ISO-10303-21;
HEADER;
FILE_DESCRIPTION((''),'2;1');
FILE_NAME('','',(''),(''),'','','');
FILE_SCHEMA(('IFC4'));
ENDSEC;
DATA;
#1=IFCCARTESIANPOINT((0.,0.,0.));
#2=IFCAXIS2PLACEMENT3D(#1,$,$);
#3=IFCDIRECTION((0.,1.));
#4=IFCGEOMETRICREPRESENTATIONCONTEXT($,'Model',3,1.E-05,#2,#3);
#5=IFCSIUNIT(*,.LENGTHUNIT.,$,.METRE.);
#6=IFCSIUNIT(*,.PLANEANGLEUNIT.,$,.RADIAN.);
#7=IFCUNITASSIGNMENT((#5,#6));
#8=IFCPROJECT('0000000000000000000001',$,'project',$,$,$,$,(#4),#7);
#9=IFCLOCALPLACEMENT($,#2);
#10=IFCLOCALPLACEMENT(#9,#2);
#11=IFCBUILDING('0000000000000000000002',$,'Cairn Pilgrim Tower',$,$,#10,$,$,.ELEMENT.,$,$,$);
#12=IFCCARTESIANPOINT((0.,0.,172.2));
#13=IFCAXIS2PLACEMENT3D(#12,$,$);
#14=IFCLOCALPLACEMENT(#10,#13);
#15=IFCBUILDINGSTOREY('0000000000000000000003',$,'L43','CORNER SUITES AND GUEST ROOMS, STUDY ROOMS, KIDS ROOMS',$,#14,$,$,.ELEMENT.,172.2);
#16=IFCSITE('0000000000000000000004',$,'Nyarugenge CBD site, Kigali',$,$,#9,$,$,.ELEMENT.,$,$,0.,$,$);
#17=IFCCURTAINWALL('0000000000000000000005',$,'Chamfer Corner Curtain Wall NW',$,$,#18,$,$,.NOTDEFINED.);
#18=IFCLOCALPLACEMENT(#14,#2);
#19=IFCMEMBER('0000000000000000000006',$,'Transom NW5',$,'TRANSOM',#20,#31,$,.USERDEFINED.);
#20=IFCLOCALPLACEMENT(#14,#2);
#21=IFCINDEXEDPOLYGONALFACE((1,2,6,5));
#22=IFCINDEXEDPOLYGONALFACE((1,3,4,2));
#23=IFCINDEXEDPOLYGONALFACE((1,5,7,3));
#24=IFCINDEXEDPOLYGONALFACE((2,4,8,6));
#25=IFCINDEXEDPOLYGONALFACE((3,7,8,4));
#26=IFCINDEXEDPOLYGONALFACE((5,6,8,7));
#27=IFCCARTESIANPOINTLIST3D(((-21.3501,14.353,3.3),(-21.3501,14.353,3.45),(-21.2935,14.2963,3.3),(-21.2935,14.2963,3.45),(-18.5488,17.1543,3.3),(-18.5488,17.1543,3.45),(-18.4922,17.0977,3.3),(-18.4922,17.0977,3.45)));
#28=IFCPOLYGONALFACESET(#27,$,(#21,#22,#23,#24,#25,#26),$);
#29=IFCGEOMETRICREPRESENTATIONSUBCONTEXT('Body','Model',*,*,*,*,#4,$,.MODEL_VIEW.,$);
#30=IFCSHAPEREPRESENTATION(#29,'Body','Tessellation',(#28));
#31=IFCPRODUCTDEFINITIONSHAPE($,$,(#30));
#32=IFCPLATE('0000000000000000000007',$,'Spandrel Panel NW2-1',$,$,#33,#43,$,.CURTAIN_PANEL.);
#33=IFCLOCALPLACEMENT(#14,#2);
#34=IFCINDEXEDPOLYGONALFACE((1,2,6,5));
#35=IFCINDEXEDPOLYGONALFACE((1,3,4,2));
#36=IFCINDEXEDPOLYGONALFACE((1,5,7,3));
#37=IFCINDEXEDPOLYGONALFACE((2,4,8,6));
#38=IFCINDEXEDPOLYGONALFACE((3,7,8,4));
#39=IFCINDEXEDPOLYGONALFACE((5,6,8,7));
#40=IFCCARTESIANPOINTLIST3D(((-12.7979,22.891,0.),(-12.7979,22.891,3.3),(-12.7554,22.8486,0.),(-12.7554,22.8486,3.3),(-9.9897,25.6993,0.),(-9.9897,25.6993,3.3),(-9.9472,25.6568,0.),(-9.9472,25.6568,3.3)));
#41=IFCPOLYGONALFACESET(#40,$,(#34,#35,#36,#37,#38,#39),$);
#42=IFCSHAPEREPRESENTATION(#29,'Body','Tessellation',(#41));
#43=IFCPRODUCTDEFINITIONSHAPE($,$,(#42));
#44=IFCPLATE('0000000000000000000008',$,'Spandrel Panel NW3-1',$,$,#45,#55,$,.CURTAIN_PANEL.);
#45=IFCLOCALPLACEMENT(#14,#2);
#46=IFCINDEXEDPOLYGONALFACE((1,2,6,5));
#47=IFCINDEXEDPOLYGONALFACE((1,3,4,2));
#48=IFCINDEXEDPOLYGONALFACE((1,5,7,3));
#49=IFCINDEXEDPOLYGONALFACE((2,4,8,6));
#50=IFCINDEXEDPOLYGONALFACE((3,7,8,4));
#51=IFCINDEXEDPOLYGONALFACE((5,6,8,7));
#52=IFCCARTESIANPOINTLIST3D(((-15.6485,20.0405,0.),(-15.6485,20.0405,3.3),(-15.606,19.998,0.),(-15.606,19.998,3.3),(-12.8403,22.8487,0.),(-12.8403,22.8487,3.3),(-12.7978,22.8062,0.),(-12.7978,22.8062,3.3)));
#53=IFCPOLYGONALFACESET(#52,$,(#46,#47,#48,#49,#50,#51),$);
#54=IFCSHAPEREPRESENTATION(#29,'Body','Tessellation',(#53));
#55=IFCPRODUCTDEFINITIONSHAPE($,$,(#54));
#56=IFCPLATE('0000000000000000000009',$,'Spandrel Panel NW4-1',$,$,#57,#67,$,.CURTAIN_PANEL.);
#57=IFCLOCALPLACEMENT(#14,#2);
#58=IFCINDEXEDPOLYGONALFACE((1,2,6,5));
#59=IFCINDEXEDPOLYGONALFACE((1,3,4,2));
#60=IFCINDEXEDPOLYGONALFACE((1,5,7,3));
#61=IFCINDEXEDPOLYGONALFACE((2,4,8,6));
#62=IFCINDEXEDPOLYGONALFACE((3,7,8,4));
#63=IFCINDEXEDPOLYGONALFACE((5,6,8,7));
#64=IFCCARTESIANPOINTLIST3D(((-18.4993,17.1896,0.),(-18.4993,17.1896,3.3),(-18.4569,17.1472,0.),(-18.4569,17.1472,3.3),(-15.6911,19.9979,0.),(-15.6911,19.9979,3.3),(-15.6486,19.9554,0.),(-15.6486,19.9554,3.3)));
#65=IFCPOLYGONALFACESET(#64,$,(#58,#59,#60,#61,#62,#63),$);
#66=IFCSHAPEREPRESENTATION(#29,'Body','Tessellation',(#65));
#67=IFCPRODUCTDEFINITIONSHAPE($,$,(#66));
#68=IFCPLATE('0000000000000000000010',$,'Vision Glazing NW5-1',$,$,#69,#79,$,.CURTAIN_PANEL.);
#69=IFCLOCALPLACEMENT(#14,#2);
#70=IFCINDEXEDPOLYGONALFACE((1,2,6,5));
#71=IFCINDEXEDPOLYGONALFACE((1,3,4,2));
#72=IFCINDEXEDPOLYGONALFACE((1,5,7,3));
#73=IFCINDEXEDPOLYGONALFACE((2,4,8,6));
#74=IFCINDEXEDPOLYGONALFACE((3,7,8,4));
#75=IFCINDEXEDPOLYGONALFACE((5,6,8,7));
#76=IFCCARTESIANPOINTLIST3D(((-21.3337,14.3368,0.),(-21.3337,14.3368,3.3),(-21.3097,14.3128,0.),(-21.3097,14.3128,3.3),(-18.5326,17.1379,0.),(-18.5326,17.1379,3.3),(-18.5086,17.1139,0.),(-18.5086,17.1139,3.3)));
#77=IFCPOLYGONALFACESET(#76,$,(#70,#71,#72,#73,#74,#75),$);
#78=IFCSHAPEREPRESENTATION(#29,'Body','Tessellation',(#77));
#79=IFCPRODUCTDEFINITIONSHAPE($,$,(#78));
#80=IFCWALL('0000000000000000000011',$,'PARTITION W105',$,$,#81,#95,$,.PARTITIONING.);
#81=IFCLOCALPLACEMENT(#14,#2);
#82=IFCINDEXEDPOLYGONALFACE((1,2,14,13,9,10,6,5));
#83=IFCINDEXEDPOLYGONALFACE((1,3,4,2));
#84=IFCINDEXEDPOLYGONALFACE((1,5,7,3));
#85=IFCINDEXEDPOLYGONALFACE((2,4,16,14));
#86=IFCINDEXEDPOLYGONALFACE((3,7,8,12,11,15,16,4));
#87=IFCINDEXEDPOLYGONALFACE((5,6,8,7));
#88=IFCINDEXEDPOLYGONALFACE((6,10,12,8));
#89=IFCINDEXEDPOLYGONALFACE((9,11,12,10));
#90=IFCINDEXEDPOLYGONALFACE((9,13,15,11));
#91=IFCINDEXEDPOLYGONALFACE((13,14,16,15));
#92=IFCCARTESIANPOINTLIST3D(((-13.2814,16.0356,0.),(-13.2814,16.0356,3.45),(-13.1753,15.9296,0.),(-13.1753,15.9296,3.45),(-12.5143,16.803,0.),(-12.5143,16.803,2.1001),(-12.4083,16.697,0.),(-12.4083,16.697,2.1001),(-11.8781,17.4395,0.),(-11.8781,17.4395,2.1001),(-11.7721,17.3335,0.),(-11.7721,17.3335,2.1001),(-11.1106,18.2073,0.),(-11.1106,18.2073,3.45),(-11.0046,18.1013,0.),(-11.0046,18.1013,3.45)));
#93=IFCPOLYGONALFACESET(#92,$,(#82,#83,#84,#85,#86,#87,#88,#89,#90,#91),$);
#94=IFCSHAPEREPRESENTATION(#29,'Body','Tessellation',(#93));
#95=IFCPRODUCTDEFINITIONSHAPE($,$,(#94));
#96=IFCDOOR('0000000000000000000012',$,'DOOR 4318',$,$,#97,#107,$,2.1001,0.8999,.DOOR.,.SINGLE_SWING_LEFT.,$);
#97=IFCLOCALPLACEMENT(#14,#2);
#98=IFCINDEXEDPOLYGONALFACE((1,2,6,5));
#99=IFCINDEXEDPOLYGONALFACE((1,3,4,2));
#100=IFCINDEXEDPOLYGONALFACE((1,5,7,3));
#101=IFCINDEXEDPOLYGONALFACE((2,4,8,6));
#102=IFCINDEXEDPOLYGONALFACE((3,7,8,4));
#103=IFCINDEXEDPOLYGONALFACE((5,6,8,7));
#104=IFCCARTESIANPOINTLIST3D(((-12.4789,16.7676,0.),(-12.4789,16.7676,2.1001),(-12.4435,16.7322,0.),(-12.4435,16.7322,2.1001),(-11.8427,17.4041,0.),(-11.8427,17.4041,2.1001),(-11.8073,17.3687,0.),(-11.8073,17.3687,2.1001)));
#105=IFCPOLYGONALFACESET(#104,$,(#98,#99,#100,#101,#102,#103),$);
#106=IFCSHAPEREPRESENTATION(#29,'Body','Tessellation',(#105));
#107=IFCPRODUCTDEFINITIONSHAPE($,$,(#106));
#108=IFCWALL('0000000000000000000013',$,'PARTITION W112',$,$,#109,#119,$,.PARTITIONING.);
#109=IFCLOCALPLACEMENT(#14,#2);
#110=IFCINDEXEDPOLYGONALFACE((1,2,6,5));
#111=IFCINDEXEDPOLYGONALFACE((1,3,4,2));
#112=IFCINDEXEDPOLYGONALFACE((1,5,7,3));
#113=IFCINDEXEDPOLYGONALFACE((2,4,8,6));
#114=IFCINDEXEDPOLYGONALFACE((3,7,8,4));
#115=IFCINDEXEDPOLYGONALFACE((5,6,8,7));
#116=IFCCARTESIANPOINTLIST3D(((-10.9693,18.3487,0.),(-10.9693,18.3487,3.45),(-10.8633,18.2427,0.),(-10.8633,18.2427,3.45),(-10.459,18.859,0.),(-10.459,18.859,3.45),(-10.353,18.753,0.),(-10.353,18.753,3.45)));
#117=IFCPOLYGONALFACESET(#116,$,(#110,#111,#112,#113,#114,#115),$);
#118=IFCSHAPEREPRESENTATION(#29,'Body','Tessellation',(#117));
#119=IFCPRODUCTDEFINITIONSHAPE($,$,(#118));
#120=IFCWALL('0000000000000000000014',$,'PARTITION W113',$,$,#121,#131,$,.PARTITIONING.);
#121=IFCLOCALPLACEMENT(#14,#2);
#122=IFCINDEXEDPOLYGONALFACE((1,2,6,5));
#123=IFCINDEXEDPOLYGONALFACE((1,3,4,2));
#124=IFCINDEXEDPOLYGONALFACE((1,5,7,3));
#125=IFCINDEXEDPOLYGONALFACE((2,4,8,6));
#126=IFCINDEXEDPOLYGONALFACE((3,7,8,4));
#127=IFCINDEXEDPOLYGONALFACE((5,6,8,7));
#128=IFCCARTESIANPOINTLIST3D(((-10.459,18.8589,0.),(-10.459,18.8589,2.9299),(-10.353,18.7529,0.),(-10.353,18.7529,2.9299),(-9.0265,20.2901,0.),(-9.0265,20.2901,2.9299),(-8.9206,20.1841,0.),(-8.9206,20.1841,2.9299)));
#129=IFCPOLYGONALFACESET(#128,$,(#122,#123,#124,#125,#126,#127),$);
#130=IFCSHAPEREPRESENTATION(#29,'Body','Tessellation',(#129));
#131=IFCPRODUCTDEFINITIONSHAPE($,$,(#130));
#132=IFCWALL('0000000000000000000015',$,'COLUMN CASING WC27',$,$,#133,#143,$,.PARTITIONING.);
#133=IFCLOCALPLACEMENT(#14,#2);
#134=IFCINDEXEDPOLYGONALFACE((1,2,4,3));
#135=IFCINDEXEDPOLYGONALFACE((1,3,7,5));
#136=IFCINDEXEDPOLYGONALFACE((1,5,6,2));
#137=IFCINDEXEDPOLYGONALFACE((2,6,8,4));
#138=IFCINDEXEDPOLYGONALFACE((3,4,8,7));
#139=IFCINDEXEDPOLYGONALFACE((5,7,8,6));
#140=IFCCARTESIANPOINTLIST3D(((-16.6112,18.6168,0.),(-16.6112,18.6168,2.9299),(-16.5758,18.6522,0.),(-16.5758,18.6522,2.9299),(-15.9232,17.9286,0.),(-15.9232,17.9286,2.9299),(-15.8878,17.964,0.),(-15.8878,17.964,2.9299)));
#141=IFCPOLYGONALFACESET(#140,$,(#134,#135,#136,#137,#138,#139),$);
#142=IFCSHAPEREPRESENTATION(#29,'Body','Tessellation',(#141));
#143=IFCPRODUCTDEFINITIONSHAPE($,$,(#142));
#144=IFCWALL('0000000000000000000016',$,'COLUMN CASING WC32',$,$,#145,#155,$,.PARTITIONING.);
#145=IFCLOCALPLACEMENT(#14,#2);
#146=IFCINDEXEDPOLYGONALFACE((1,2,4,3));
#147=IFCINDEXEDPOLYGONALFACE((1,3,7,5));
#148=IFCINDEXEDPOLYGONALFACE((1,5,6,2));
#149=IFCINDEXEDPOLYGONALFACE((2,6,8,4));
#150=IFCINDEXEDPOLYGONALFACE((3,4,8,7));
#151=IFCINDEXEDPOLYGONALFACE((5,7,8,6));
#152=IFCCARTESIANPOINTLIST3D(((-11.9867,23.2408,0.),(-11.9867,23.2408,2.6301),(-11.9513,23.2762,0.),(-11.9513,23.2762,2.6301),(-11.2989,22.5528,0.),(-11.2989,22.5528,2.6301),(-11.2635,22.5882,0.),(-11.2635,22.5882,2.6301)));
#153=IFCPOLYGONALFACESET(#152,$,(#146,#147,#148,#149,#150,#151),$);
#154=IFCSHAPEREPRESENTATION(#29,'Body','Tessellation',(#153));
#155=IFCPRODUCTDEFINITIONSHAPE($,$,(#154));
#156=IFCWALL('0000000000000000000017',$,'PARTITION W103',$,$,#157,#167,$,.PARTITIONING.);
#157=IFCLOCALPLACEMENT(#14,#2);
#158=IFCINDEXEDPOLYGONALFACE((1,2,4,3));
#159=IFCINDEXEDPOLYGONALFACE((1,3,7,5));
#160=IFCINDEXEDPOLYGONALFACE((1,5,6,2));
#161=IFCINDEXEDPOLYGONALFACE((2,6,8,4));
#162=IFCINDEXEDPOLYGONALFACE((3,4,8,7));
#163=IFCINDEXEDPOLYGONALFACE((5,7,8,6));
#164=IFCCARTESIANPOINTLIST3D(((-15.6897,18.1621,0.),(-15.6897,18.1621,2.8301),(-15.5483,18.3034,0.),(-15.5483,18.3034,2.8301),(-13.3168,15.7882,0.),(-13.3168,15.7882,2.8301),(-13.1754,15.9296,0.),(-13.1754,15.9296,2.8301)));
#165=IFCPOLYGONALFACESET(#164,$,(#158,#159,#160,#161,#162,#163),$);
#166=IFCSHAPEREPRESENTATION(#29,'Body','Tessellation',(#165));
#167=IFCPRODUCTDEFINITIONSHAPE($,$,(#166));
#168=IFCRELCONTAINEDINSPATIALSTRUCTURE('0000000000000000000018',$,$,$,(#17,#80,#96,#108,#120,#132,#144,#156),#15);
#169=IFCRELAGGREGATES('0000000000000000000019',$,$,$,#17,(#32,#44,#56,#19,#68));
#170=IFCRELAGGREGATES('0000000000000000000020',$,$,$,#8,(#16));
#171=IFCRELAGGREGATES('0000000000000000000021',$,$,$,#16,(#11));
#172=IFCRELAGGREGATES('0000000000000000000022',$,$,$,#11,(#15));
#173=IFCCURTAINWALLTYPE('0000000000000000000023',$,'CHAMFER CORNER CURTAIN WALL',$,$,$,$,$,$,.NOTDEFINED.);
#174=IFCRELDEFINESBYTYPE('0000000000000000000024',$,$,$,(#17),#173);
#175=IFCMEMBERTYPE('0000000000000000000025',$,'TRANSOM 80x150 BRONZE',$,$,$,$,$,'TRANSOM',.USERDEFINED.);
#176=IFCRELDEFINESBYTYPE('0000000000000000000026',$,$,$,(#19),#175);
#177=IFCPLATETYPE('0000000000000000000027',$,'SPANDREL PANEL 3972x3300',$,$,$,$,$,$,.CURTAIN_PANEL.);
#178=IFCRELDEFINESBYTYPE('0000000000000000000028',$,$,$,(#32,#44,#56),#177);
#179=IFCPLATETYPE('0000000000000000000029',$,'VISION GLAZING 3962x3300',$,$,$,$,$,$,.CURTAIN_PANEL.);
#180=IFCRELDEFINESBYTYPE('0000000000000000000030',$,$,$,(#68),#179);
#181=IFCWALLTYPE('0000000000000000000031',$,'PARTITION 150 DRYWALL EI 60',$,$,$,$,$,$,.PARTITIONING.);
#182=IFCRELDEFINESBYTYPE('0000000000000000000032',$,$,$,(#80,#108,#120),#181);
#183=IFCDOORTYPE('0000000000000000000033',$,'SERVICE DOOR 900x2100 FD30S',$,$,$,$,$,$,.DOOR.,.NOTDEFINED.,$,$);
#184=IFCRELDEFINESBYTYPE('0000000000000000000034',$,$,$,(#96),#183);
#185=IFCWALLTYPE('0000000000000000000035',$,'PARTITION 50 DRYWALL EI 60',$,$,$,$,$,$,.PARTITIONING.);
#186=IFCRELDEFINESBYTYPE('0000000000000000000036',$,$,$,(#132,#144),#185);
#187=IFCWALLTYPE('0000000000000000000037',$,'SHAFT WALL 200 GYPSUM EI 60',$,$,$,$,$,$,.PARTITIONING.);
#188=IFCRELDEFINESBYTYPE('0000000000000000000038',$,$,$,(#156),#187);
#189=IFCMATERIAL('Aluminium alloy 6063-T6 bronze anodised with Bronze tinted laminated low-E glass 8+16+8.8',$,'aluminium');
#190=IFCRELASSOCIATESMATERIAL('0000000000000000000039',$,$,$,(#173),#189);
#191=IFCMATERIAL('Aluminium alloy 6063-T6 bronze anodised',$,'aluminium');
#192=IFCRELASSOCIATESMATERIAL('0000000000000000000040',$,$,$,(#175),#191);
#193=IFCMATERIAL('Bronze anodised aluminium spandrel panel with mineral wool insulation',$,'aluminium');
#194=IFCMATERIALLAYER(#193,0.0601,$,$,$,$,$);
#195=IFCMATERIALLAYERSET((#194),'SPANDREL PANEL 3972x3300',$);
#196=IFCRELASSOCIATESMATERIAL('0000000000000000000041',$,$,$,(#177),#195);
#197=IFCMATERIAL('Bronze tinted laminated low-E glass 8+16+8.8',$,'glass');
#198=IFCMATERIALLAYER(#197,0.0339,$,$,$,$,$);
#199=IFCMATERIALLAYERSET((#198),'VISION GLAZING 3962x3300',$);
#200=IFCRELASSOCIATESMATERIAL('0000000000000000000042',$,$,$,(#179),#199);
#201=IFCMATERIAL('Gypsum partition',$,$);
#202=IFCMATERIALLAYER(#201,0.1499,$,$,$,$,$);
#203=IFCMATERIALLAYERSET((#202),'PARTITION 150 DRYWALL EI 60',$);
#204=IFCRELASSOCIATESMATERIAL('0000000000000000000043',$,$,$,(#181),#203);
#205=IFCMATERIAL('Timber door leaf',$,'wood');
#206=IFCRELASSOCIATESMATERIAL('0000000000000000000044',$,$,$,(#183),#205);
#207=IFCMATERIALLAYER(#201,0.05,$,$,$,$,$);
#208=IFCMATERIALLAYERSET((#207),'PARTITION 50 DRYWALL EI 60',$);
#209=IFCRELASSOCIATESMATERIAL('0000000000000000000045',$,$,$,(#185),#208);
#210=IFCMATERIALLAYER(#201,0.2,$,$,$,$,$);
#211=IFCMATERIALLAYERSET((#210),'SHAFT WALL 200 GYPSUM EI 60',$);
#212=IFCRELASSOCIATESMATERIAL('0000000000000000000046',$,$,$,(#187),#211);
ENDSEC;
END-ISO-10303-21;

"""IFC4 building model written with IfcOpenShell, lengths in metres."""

from ifc_helpers import new_model, si_unit, direction, frame, frame_2d, origin, origin_2d, place, context, subcontext, project, spatial, rectangle, extrude, material, layer, layer_set, material_profile, profile_set, type_object, element, fill, aggregate, save


model = new_model("IFC4")

# Units and contexts
model_context = context("Model", 3, precision=1e-05, world=origin(), true_north=direction((0.0, 1.0)))
body_context = subcontext(model_context, "Body", "Model", "MODEL_VIEW")
ifc_project = project(units=[si_unit("LENGTHUNIT", "METRE"), si_unit("PLANEANGLEUNIT", "RADIAN")], contexts=[model_context])

# Site, building, storey
site_placement = place(None, origin())
site = spatial("IfcSite", under=ifc_project, at=site_placement, Name="Nyarugenge CBD site, Kigali", CompositionType="ELEMENT", RefElevation=0.0)
building_placement = place(site_placement, origin())
building = spatial("IfcBuilding", under=site, at=building_placement, Name="Cairn Pilgrim Tower", CompositionType="ELEMENT")
storey_placement = place(building_placement, frame((0.0, 0.0, 172.2)))
storey = spatial("IfcBuildingStorey", under=building, at=storey_placement, Name="L43", Description="CORNER SUITES AND GUEST ROOMS, STUDY ROOMS, KIDS ROOMS", CompositionType="ELEMENT", Elevation=172.2)

# Curtain wall
ifc_material_1 = material(Name="Aluminium alloy 6063-T6 bronze anodised with Bronze tinted laminated low-E glass 8+16+8.8", Category="aluminium")
curtain_wall_type = type_object("IfcCurtainWallType", Name="CHAMFER CORNER CURTAIN WALL", PredefinedType="NOTDEFINED", material=ifc_material_1)
curtain_wall_placement = place(storey_placement, origin())
curtain_wall = element("IfcCurtainWall", 1, at=curtain_wall_placement, inside=storey, type_object=curtain_wall_type, Name="Chamfer Corner Curtain Wall NW", PredefinedType="NOTDEFINED")
ifc_material_2 = material(Name="Aluminium alloy 6063-T6 bronze anodised", Category="aluminium")

# Member
ifc_material_profile_1 = material_profile(ifc_material_2, rectangle(XDim=0.0801, YDim=0.1499, at=origin_2d()), Name="TRANSOM 80x150 BRONZE")
ifc_profile_set_1 = profile_set([ifc_material_profile_1], Name="Aluminium alloy 6063-T6 bronze anodised")
member_type_1 = type_object("IfcMemberType", Name="TRANSOM 80x150 BRONZE", ElementType="TRANSOM", PredefinedType="USERDEFINED", material=ifc_profile_set_1)
member_1_placement = place(storey_placement, frame((-18.5205, 17.126, 3.375), z_axis=(-0.707107, -0.707107, 0.0), x_axis=(0.707107, -0.707107, 0.0)))
member_1 = element("IfcMember", 2, at=member_1_placement, type_object=member_type_1, Name="Transom NW5", ObjectType="TRANSOM", PredefinedType="USERDEFINED", context=body_context, shape_type="SweptSolid", body=[
    extrude(rectangle(XDim=0.0801, YDim=0.1499, at=origin_2d()), origin(), (0.0, 0.0, 1.0), 3.9617),
])

# Plates
ifc_material_3 = material(Name="Bronze anodised aluminium spandrel panel with mineral wool insulation", Category="aluminium")
ifc_layer_1 = layer(ifc_material_3, 0.0601)
ifc_layer_set_1 = layer_set([ifc_layer_1], Name="SPANDREL PANEL 3972x3300")
plate_type_1 = type_object("IfcPlateType", Name="SPANDREL PANEL 3972x3300", PredefinedType="CURTAIN_PANEL", material=ifc_layer_set_1)
plate_1_placement = place(storey_placement, frame((-11.3726, 24.2739, 0.0), z_axis=(0.0, 0.0, 1.0), x_axis=(-0.707107, -0.707107, 0.0)))
plate_1 = element("IfcPlate", 3, at=plate_1_placement, type_object=plate_type_1, Name="Spandrel Panel NW2-1", PredefinedType="CURTAIN_PANEL", context=body_context, shape_type="SweptSolid", body=[
    extrude(rectangle(XDim=3.9714, YDim=0.0601, at=origin_2d()), origin(), (0.0, 0.0, 1.0), 3.3),
])
plate_2_placement = place(storey_placement, frame((-14.2231, 21.4233, 0.0), z_axis=(0.0, 0.0, 1.0), x_axis=(-0.707107, -0.707107, 0.0)))
plate_2 = element("IfcPlate", 4, at=plate_2_placement, type_object=plate_type_1, Name="Spandrel Panel NW3-1", PredefinedType="CURTAIN_PANEL", context=body_context, shape_type="SweptSolid", body=[
    extrude(rectangle(XDim=3.9714, YDim=0.0601, at=origin_2d()), origin(), (0.0, 0.0, 1.0), 3.3),
])
plate_3_placement = place(storey_placement, frame((-17.074, 18.5725, 0.0), z_axis=(0.0, 0.0, 1.0), x_axis=(-0.707107, -0.707107, 0.0)))
plate_3 = element("IfcPlate", 5, at=plate_3_placement, type_object=plate_type_1, Name="Spandrel Panel NW4-1", PredefinedType="CURTAIN_PANEL", context=body_context, shape_type="SweptSolid", body=[
    extrude(rectangle(XDim=3.9714, YDim=0.0601, at=origin_2d()), origin(), (0.0, 0.0, 1.0), 3.3),
])
ifc_material_4 = material(Name="Bronze tinted laminated low-E glass 8+16+8.8", Category="glass")
ifc_layer_2 = layer(ifc_material_4, 0.0339)
ifc_layer_set_2 = layer_set([ifc_layer_2], Name="VISION GLAZING 3962x3300")
plate_type_2 = type_object("IfcPlateType", Name="VISION GLAZING 3962x3300", PredefinedType="CURTAIN_PANEL", material=ifc_layer_set_2)
plate_4_placement = place(storey_placement, frame((-19.9211, 15.7253, 0.0), z_axis=(0.0, 0.0, 1.0), x_axis=(-0.707107, -0.707107, 0.0)))
plate_4 = element("IfcPlate", 6, at=plate_4_placement, type_object=plate_type_2, Name="Vision Glazing NW5-1", PredefinedType="CURTAIN_PANEL", context=body_context, shape_type="SweptSolid", body=[
    extrude(rectangle(XDim=3.9614, YDim=0.0339, at=origin_2d()), origin(), (0.0, 0.0, 1.0), 3.3),
])
aggregate(curtain_wall, [plate_1, plate_2, plate_3, member_1, plate_4])

# Wall, opening, door
ifc_material_5 = material(Name="Gypsum partition")
ifc_layer_3 = layer(ifc_material_5, 0.1499)
ifc_layer_set_3 = layer_set([ifc_layer_3], Name="PARTITION 150 DRYWALL EI 60")
wall_type_1 = type_object("IfcWallType", Name="PARTITION 150 DRYWALL EI 60", PredefinedType="PARTITIONING", material=ifc_layer_set_3)
wall_1_placement = place(storey_placement, frame((-13.2283, 15.9827, 0.0), z_axis=(0.0, 0.0, 1.0), x_axis=(0.706948, 0.707266, 0.0)))
wall_1 = element("IfcWall", 7, at=wall_1_placement, inside=storey, type_object=wall_type_1, Name="PARTITION W105", PredefinedType="PARTITIONING", context=body_context, shape_type="SweptSolid", body=[
    extrude(rectangle(XDim=3.0706, YDim=0.1499, at=frame_2d((1.5352, 0.0))), origin(), (0.0, 0.0, 1.0), 3.45),
])
opening_1_placement = place(wall_1_placement, frame((1.085, 0.0, 0.0)))
opening_1 = element("IfcOpeningElement", 8, at=opening_1_placement, cuts=wall_1, PredefinedType="OPENING", context=body_context, shape_type="SweptSolid", body=[
    extrude(rectangle(XDim=0.8999, YDim=2.1001, at=frame_2d((0.45, 1.05))), frame((0.0, 0.085, 0.0), z_axis=(0.0, -1.0, 0.0), x_axis=(1.0, 0.0, 0.0)), (0.0, 0.0, 1.0), 0.1699),
])
ifc_material_6 = material(Name="Timber door leaf", Category="wood")
door_type = type_object("IfcDoorType", Name="SERVICE DOOR 900x2100 FD30S", OperationType="NOTDEFINED", PredefinedType="DOOR", material=ifc_material_6)
door_1_placement = place(opening_1_placement, origin())
door_1 = element("IfcDoor", 9, at=door_1_placement, inside=storey, type_object=door_type, Name="DOOR 4318", OperationType="SINGLE_SWING_LEFT", OverallHeight=2.1001, OverallWidth=0.8999, PredefinedType="DOOR", context=body_context, shape_type="SweptSolid", body=[
    extrude(rectangle(XDim=0.8999, YDim=2.1001, at=frame_2d((0.45, 1.05))), frame((0.0, 0.0249, 0.0), z_axis=(0.0, -1.0, 0.0), x_axis=(1.0, 0.0, 0.0)), (0.0, 0.0, 1.0), 0.05),
])
fill(opening_1, door_1)

# Walls
wall_2_placement = place(storey_placement, frame((-10.9163, 18.2957, 0.0), z_axis=(0.0, 0.0, 1.0), x_axis=(0.707107, 0.707107, 0.0)))
element("IfcWall", 10, at=wall_2_placement, inside=storey, type_object=wall_type_1, Name="PARTITION W112", PredefinedType="PARTITIONING", context=body_context, shape_type="SweptSolid", body=[
    extrude(rectangle(XDim=0.7217, YDim=0.1499, at=frame_2d((0.3608, 0.0))), origin(), (0.0, 0.0, 1.0), 3.45),
])
wall_3_placement = place(storey_placement, frame((-10.406, 18.8059, 0.0), z_axis=(0.0, 0.0, 1.0), x_axis=(0.707408, 0.706805, 0.0)))
element("IfcWall", 11, at=wall_3_placement, inside=storey, type_object=wall_type_1, Name="PARTITION W113", PredefinedType="PARTITIONING", context=body_context, shape_type="SweptSolid", body=[
    extrude(rectangle(XDim=2.0249, YDim=0.1499, at=frame_2d((1.0125, 0.0))), origin(), (0.0, 0.0, 1.0), 2.9299),
])
ifc_layer_4 = layer(ifc_material_5, 0.05)
ifc_layer_set_4 = layer_set([ifc_layer_4], Name="PARTITION 50 DRYWALL EI 60")
wall_type_2 = type_object("IfcWallType", Name="PARTITION 50 DRYWALL EI 60", PredefinedType="PARTITIONING", material=ifc_layer_set_4)
wall_4_placement = place(storey_placement, frame((-15.9055, 17.9463, 0.0), z_axis=(0.0, 0.0, 1.0), x_axis=(-0.706981, 0.707232, 0.0)))
element("IfcWall", 12, at=wall_4_placement, inside=storey, type_object=wall_type_2, Name="COLUMN CASING WC27", PredefinedType="PARTITIONING", context=body_context, shape_type="SweptSolid", body=[
    extrude(rectangle(XDim=0.9731, YDim=0.05, at=frame_2d((0.4866, 0.0))), origin(), (0.0, 0.0, 1.0), 2.9299),
])
wall_5_placement = place(storey_placement, frame((-11.2812, 22.5706, 0.0), z_axis=(0.0, 0.0, 1.0), x_axis=(-0.706981, 0.707232, 0.0)))
element("IfcWall", 13, at=wall_5_placement, inside=storey, type_object=wall_type_2, Name="COLUMN CASING WC32", PredefinedType="PARTITIONING", context=body_context, shape_type="SweptSolid", body=[
    extrude(rectangle(XDim=0.9729, YDim=0.05, at=frame_2d((0.4863, 0.0))), origin(), (0.0, 0.0, 1.0), 2.6301),
])
ifc_layer_5 = layer(ifc_material_5, 0.2)
ifc_layer_set_5 = layer_set([ifc_layer_5], Name="SHAFT WALL 200 GYPSUM EI 60")
wall_type_3 = type_object("IfcWallType", Name="SHAFT WALL 200 GYPSUM EI 60", PredefinedType="PARTITIONING", material=ifc_layer_set_5)
wall_6_placement = place(storey_placement, frame((-13.2461, 15.8589, 0.0), z_axis=(0.0, 0.0, 1.0), x_axis=(-0.706961, 0.707252, 0.0)))
element("IfcWall", 14, at=wall_6_placement, inside=storey, type_object=wall_type_3, Name="PARTITION W103", PredefinedType="PARTITIONING", context=body_context, shape_type="SweptSolid", body=[
    extrude(rectangle(XDim=3.3564, YDim=0.2, at=frame_2d((1.6782, 0.0))), origin(), (0.0, 0.0, 1.0), 2.8301),
])

save(model, "model.ifc")
